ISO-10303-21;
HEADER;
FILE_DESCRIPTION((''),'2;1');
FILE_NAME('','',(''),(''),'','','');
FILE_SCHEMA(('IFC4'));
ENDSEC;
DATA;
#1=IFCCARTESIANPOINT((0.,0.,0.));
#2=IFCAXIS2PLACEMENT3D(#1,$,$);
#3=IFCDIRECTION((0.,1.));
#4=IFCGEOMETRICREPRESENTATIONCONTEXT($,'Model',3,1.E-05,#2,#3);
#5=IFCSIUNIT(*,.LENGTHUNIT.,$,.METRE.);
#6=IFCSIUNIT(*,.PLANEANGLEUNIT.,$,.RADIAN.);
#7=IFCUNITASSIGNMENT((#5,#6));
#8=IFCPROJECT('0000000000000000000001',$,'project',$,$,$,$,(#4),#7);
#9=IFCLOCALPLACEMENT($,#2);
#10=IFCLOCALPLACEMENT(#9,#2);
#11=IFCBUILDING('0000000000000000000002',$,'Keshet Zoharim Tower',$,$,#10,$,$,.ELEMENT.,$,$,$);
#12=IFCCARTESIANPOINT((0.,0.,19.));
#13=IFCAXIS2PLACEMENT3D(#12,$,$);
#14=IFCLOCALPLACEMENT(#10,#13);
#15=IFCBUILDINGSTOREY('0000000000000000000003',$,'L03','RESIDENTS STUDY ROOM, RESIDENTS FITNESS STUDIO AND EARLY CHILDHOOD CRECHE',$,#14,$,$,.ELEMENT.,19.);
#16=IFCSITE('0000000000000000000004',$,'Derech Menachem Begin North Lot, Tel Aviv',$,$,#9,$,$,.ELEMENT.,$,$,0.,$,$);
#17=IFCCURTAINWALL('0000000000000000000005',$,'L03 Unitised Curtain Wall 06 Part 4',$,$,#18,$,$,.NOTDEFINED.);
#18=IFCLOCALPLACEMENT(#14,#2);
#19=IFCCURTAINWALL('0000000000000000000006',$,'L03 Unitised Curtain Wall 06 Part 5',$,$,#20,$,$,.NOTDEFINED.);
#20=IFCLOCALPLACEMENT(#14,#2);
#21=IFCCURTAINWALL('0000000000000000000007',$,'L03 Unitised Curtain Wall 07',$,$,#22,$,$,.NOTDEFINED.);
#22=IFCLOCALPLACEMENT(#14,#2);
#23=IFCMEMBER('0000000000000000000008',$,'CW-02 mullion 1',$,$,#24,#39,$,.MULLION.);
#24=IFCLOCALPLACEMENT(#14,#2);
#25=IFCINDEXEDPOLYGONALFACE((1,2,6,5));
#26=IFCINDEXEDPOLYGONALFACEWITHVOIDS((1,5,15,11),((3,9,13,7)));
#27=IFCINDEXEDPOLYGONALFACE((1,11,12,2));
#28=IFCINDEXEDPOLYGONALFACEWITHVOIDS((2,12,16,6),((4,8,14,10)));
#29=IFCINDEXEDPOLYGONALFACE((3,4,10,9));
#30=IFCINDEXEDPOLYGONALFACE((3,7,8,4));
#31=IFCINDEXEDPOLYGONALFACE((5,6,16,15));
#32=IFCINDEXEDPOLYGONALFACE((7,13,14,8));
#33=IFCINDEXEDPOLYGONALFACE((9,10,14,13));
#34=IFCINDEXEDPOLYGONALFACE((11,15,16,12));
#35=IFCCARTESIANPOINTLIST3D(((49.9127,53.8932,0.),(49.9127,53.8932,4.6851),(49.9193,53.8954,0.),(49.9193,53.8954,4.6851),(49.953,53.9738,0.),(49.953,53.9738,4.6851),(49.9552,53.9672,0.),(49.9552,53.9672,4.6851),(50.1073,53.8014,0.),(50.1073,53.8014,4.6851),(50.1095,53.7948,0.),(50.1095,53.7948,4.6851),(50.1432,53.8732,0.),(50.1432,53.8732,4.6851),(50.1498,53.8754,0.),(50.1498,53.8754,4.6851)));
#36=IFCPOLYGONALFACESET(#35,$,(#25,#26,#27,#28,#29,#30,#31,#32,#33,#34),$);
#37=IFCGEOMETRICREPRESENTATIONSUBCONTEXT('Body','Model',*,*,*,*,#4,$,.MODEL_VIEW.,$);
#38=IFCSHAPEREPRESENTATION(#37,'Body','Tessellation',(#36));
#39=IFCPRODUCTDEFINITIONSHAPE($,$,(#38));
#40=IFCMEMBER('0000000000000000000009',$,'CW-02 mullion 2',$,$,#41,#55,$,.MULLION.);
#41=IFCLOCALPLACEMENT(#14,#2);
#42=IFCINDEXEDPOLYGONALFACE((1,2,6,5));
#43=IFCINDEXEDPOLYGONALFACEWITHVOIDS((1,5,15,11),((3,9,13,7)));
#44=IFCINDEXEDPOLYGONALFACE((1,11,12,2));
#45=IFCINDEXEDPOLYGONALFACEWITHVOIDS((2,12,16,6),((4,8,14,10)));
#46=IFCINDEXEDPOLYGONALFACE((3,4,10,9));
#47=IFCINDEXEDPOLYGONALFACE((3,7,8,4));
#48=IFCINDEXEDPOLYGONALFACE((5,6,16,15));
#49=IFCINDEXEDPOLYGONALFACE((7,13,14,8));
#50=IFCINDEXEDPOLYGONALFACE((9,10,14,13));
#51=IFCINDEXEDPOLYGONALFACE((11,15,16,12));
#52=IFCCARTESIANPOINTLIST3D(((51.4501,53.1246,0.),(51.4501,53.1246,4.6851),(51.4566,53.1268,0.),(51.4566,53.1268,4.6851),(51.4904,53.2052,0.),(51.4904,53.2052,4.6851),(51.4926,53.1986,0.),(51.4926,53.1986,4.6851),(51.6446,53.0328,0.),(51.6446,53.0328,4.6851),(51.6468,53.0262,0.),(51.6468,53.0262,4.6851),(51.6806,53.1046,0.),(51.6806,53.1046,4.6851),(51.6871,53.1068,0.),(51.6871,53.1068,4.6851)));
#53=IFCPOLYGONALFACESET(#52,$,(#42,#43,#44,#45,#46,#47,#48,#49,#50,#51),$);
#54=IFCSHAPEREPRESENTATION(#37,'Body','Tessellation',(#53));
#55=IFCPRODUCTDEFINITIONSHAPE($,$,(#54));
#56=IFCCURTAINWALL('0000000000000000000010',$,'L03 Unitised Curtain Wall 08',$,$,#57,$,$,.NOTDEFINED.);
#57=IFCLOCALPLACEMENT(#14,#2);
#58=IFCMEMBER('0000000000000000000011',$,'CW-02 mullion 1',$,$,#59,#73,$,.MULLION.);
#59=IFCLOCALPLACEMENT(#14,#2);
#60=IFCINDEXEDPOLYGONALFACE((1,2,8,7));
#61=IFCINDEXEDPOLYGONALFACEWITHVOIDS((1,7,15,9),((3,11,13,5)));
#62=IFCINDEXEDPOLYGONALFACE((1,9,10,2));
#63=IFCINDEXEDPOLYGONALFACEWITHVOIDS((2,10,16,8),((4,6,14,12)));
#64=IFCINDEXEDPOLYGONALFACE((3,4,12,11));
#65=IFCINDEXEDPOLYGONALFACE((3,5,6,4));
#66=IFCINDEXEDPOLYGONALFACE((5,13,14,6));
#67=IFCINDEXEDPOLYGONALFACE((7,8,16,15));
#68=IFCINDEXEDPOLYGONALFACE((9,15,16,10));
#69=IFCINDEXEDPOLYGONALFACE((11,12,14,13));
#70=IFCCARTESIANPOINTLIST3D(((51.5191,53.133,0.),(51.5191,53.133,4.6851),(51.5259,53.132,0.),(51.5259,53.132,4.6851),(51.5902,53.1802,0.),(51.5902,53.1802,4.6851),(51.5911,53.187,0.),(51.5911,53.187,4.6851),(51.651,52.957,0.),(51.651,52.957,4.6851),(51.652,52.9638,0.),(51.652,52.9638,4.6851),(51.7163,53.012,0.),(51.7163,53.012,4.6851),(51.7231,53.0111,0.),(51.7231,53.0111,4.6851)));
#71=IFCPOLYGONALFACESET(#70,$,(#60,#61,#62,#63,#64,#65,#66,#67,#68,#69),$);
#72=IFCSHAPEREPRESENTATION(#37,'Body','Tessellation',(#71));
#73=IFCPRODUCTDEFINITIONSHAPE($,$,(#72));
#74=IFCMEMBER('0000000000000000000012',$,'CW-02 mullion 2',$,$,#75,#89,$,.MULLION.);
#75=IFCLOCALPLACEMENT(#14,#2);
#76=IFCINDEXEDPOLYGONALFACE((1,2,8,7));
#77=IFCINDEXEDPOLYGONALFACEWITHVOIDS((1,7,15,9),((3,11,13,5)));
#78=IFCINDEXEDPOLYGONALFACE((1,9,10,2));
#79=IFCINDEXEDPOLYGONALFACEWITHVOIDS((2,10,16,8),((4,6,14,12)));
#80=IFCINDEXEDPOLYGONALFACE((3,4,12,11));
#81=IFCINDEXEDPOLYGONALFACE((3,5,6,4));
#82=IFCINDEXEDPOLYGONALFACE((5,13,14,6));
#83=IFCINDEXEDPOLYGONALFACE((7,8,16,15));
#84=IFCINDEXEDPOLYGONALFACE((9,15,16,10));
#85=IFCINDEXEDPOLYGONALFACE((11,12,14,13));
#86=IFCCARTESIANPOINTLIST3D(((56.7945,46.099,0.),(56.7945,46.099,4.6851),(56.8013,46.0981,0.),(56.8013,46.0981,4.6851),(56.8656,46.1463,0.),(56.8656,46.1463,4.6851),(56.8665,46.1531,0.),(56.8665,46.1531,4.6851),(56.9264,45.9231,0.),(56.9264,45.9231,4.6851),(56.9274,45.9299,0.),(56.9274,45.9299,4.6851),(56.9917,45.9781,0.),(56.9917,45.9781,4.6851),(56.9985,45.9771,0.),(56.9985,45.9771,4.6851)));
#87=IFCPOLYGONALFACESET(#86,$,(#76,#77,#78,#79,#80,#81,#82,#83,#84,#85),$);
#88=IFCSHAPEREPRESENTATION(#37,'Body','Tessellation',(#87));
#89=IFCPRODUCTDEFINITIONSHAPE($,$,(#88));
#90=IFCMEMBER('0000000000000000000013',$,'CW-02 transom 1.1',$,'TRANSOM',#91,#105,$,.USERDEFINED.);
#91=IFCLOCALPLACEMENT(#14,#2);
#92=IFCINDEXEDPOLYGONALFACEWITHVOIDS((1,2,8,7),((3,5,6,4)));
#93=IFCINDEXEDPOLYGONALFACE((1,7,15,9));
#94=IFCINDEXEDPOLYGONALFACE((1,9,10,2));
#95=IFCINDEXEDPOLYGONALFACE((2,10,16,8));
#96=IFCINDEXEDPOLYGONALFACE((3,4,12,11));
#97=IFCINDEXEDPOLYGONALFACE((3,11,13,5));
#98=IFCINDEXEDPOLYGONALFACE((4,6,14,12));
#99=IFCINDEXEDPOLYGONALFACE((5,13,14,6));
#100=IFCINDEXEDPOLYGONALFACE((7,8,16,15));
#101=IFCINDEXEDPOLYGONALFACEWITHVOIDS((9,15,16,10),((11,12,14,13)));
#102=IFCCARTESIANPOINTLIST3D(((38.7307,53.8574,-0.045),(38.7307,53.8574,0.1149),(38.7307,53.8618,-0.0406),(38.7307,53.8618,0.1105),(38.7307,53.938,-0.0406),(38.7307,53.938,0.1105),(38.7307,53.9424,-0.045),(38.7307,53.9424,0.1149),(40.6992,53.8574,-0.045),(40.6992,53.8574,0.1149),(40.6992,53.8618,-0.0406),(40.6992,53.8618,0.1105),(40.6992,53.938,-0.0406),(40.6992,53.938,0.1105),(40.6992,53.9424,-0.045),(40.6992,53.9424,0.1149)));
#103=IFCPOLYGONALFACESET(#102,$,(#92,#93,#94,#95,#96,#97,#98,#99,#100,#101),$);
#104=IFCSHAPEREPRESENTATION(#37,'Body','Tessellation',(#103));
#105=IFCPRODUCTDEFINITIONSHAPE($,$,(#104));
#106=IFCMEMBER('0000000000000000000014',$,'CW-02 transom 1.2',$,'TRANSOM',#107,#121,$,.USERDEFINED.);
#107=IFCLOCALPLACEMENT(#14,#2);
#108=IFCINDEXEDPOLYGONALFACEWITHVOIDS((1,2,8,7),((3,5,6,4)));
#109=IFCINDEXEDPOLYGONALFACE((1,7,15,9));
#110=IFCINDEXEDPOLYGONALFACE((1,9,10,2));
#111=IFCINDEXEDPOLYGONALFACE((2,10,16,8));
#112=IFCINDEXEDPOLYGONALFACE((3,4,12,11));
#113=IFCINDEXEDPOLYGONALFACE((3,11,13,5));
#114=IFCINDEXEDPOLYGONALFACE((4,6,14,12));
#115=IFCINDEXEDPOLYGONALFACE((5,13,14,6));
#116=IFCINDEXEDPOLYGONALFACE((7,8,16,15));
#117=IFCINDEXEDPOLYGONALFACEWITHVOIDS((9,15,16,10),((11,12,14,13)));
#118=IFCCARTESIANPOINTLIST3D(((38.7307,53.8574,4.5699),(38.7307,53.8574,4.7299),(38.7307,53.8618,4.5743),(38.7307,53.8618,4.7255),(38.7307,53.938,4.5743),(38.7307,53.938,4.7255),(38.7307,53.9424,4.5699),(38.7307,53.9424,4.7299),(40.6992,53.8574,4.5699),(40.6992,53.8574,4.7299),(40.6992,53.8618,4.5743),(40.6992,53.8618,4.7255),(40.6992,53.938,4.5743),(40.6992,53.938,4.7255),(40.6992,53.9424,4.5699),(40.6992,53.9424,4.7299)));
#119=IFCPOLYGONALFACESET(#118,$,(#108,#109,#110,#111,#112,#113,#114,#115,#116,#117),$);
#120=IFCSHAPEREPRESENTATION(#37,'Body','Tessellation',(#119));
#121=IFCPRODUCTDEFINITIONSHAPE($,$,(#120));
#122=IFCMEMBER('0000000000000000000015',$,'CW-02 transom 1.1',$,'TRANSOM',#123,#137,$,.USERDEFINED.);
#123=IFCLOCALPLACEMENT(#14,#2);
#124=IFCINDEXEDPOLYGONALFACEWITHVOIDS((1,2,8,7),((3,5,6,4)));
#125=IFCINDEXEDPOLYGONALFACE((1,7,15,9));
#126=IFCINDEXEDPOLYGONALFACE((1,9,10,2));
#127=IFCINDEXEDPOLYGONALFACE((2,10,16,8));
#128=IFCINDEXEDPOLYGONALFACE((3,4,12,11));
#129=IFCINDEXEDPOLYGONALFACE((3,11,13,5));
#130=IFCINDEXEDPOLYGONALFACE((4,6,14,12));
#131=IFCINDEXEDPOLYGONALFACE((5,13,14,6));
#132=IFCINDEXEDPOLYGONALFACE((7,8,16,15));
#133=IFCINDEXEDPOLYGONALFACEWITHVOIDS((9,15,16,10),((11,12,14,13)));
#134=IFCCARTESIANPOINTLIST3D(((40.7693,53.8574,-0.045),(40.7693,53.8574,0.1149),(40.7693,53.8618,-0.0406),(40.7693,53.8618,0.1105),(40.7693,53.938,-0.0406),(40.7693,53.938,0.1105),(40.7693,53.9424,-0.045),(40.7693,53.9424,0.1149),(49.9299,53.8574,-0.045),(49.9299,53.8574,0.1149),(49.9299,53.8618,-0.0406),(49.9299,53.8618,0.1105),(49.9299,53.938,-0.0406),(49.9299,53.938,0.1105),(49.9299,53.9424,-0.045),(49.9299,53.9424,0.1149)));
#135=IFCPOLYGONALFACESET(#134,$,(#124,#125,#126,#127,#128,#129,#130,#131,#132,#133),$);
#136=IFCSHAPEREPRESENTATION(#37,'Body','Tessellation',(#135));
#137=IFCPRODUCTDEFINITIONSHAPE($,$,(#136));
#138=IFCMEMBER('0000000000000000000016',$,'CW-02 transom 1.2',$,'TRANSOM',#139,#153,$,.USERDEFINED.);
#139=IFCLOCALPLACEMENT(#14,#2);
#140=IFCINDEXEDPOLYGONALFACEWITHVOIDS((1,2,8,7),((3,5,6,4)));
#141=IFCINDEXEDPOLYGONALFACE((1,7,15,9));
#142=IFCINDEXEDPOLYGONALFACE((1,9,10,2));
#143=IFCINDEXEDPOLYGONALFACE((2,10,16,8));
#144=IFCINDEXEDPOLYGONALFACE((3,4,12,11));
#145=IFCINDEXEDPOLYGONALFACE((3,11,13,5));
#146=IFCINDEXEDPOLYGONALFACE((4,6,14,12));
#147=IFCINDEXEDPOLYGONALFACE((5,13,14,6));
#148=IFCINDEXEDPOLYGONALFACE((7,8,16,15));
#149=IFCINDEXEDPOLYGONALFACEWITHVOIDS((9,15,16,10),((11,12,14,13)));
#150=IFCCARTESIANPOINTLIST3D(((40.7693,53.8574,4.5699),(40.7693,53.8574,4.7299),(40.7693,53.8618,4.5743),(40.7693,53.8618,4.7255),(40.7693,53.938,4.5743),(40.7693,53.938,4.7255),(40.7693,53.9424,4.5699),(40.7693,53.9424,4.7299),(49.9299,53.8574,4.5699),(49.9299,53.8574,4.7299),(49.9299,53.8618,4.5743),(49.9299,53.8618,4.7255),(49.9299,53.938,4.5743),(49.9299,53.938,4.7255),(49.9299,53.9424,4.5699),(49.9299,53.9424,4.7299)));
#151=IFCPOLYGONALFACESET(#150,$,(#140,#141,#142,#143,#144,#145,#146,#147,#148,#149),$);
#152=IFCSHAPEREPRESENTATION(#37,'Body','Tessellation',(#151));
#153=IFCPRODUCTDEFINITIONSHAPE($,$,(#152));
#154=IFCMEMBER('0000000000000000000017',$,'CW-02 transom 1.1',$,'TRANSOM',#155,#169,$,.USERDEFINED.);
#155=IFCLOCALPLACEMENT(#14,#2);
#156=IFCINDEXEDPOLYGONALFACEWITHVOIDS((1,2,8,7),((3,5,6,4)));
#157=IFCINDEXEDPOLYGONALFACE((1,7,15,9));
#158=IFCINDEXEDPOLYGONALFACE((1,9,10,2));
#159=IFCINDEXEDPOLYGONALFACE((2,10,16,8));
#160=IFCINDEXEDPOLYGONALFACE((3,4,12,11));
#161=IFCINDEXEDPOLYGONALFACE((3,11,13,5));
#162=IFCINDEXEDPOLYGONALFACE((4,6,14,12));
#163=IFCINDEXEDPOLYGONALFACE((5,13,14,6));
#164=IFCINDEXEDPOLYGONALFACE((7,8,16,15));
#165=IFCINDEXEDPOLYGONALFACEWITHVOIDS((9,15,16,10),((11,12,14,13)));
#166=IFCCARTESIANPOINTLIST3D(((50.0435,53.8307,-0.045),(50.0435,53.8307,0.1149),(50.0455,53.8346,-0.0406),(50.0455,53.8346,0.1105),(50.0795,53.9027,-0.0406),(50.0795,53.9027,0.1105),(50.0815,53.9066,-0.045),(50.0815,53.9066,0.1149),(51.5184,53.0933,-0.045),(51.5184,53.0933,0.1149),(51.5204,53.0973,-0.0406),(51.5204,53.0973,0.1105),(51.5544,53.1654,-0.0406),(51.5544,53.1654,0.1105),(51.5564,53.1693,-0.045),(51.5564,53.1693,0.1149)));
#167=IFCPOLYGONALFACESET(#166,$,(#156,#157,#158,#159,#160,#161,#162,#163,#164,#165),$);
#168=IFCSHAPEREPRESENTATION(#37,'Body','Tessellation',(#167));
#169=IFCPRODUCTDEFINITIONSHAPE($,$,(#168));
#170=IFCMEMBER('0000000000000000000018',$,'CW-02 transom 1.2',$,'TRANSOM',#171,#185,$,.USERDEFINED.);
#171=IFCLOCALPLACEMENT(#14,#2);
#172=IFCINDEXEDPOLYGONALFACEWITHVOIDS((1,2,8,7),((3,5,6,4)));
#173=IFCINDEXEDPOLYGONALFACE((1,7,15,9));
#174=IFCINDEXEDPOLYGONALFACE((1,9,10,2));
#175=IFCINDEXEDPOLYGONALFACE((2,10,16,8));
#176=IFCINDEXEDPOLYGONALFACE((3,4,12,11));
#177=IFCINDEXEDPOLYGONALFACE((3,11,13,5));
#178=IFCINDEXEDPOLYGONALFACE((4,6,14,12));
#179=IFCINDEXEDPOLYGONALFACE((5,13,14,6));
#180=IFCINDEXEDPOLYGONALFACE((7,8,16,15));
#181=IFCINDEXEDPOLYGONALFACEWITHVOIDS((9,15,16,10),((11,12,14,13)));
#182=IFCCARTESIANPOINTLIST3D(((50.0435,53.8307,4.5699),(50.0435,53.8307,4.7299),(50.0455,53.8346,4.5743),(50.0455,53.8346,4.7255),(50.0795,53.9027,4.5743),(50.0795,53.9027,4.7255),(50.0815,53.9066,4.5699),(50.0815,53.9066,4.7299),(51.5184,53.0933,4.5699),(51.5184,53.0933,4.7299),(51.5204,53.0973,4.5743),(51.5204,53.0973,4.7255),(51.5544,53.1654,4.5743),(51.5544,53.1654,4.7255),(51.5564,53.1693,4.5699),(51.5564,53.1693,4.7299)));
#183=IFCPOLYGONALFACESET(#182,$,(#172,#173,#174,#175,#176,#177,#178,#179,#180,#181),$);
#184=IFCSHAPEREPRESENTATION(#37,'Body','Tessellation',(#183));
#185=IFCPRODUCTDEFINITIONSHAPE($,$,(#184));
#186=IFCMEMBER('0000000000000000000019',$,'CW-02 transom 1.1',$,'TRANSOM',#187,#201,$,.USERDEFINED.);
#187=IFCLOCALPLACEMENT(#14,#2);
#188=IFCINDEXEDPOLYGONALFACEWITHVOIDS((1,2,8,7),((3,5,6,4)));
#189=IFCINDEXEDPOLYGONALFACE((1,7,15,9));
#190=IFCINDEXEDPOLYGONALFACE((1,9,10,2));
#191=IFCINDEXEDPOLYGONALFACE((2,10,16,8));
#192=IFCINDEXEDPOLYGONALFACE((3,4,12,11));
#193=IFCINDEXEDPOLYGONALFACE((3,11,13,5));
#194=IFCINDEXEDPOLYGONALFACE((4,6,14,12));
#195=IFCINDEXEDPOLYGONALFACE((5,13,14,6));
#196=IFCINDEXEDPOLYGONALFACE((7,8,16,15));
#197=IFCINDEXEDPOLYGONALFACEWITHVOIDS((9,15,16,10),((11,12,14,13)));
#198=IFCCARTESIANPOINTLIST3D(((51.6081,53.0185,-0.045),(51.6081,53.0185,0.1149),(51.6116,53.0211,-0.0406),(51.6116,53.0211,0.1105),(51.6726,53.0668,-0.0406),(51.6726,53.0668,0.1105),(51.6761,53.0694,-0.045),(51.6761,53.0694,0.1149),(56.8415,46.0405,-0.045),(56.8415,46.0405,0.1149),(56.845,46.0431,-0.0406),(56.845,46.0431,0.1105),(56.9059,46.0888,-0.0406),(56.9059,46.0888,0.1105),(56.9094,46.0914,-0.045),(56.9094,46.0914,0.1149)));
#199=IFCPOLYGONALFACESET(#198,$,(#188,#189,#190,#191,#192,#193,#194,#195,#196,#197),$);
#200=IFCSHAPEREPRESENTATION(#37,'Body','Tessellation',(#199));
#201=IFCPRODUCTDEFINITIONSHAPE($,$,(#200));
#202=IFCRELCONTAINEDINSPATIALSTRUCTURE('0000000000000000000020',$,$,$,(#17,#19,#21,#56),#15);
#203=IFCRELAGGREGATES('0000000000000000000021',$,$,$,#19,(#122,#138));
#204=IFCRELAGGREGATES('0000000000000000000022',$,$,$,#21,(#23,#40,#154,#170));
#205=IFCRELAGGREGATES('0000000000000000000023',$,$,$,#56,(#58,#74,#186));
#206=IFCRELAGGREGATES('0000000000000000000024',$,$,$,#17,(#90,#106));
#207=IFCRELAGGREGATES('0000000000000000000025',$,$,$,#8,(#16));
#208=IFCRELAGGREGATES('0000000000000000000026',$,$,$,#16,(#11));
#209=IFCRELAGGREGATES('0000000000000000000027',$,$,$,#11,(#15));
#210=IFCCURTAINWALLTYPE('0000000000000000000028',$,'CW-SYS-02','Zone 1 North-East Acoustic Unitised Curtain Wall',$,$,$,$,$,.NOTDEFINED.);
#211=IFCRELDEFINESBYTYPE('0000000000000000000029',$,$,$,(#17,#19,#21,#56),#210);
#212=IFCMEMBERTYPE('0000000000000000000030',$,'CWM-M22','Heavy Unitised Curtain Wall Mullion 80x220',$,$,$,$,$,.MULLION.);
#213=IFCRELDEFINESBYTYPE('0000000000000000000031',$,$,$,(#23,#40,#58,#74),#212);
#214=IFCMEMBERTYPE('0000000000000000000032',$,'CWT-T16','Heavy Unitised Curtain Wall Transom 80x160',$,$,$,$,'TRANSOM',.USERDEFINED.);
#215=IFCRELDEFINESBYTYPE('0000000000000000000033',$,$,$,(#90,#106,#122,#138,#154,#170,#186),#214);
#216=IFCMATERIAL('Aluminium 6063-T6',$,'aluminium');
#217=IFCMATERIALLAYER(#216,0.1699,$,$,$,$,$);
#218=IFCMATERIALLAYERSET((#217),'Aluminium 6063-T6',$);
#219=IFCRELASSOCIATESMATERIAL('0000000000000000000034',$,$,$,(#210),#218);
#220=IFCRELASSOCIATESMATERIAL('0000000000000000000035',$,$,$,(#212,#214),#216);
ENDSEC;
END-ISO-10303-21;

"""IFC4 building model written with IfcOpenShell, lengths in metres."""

from ifc_helpers import new_model, si_unit, direction, frame, origin, origin_2d, place, context, subcontext, project, spatial, hollow_rectangle, extrude, material, layer, layer_set, material_profile, profile_set, type_object, element, aggregate, save


model = new_model("IFC4")

# Units and contexts
model_context = context("Model", 3, precision=1e-05, world=origin(), true_north=direction((0.0, 1.0)))
body_context = subcontext(model_context, "Body", "Model", "MODEL_VIEW")
ifc_project = project(units=[si_unit("LENGTHUNIT", "METRE"), si_unit("PLANEANGLEUNIT", "RADIAN")], contexts=[model_context])

# Site, building, storey
site_placement = place(None, origin())
site = spatial("IfcSite", under=ifc_project, at=site_placement, Name="Derech Menachem Begin North Lot, Tel Aviv", CompositionType="ELEMENT", RefElevation=0.0)
building_placement = place(site_placement, origin())
building = spatial("IfcBuilding", under=site, at=building_placement, Name="Keshet Zoharim Tower", CompositionType="ELEMENT")
storey_placement = place(building_placement, frame((0.0, 0.0, 19.0)))
storey = spatial("IfcBuildingStorey", under=building, at=storey_placement, Name="L03", Description="RESIDENTS STUDY ROOM, RESIDENTS FITNESS STUDIO AND EARLY CHILDHOOD CRECHE", CompositionType="ELEMENT", Elevation=19.0)

# Curtain walls
ifc_material_1 = material(Name="Aluminium 6063-T6", Category="aluminium")
ifc_layer_1 = layer(ifc_material_1, 0.1699)
ifc_layer_set_1 = layer_set([ifc_layer_1], Name="Aluminium 6063-T6")
curtain_wall_type = type_object("IfcCurtainWallType", Name="CW-SYS-02", Description="Zone 1 North-East Acoustic Unitised Curtain Wall", PredefinedType="NOTDEFINED", material=ifc_layer_set_1)
ifc_material_profile_1 = material_profile(ifc_material_1, hollow_rectangle(XDim=0.0901, YDim=0.22, WallThickness=0.0049, at=origin_2d()), Name="MUL-90x220")
ifc_profile_set_1 = profile_set([ifc_material_profile_1], Name="Aluminium 6063-T6")
member_type_1 = type_object("IfcMemberType", Name="CWM-M22", Description="Heavy Unitised Curtain Wall Mullion 80x220", PredefinedType="MULLION", material=ifc_profile_set_1)
curtain_wall_1_placement = place(storey_placement, origin())
curtain_wall_1 = element("IfcCurtainWall", 1, at=curtain_wall_1_placement, inside=storey, type_object=curtain_wall_type, Name="L03 Unitised Curtain Wall 06 Part 4", PredefinedType="NOTDEFINED")
curtain_wall_2_placement = place(storey_placement, origin())
curtain_wall_2 = element("IfcCurtainWall", 2, at=curtain_wall_2_placement, inside=storey, type_object=curtain_wall_type, Name="L03 Unitised Curtain Wall 06 Part 5", PredefinedType="NOTDEFINED")

# Curtain walls, members
curtain_wall_3_placement = place(storey_placement, origin())
curtain_wall_3 = element("IfcCurtainWall", 3, at=curtain_wall_3_placement, inside=storey, type_object=curtain_wall_type, Name="L03 Unitised Curtain Wall 07", PredefinedType="NOTDEFINED")
member_1_placement = place(storey_placement, frame((50.0312, 53.8843, 0.0), z_axis=(0.0, 0.0, 1.0), x_axis=(0.447214, 0.894427, 0.0)))
member_1 = element("IfcMember", 4, at=member_1_placement, type_object=member_type_1, Name="CW-02 mullion 1", PredefinedType="MULLION", context=body_context, shape_type="SweptSolid", body=[
    extrude(hollow_rectangle(XDim=0.0901, YDim=0.22, WallThickness=0.0049, at=origin_2d()), origin(), (0.0, 0.0, 1.0), 4.6851),
])
member_2_placement = place(storey_placement, frame((51.5686, 53.1157, 0.0), z_axis=(0.0, 0.0, 1.0), x_axis=(0.447214, 0.894427, 0.0)))
member_2 = element("IfcMember", 5, at=member_2_placement, type_object=member_type_1, Name="CW-02 mullion 2", PredefinedType="MULLION", context=body_context, shape_type="SweptSolid", body=[
    extrude(hollow_rectangle(XDim=0.0901, YDim=0.22, WallThickness=0.0049, at=origin_2d()), origin(), (0.0, 0.0, 1.0), 4.6851),
])
curtain_wall_4_placement = place(storey_placement, origin())
curtain_wall_4 = element("IfcCurtainWall", 6, at=curtain_wall_4_placement, inside=storey, type_object=curtain_wall_type, Name="L03 Unitised Curtain Wall 08", PredefinedType="NOTDEFINED")
member_3_placement = place(storey_placement, frame((51.6211, 53.072, 0.0), z_axis=(0.0, 0.0, 1.0), x_axis=(0.8, 0.6, 0.0)))
member_3 = element("IfcMember", 7, at=member_3_placement, type_object=member_type_1, Name="CW-02 mullion 1", PredefinedType="MULLION", context=body_context, shape_type="SweptSolid", body=[
    extrude(hollow_rectangle(XDim=0.0901, YDim=0.22, WallThickness=0.0049, at=origin_2d()), origin(), (0.0, 0.0, 1.0), 4.6851),
])
member_4_placement = place(storey_placement, frame((56.8965, 46.0381, 0.0), z_axis=(0.0, 0.0, 1.0), x_axis=(0.8, 0.6, 0.0)))
member_4 = element("IfcMember", 8, at=member_4_placement, type_object=member_type_1, Name="CW-02 mullion 2", PredefinedType="MULLION", context=body_context, shape_type="SweptSolid", body=[
    extrude(hollow_rectangle(XDim=0.0901, YDim=0.22, WallThickness=0.0049, at=origin_2d()), origin(), (0.0, 0.0, 1.0), 4.6851),
])

# Members
ifc_material_profile_2 = material_profile(ifc_material_1, hollow_rectangle(XDim=0.085, YDim=0.1599, WallThickness=0.0044, at=origin_2d()), Name="TRN-85x160")
ifc_profile_set_2 = profile_set([ifc_material_profile_2], Name="Aluminium 6063-T6")
member_type_2 = type_object("IfcMemberType", Name="CWT-T16", Description="Heavy Unitised Curtain Wall Transom 80x160", ElementType="TRANSOM", PredefinedType="USERDEFINED", material=ifc_profile_set_2)
member_5_placement = place(storey_placement, frame((38.7307, 53.8999, 0.0349), z_axis=(1.0, 0.0, 0.0), x_axis=(0.0, 1.0, 0.0)))
member_5 = element("IfcMember", 9, at=member_5_placement, type_object=member_type_2, Name="CW-02 transom 1.1", ObjectType="TRANSOM", PredefinedType="USERDEFINED", context=body_context, shape_type="SweptSolid", body=[
    extrude(hollow_rectangle(XDim=0.085, YDim=0.1599, WallThickness=0.0044, at=origin_2d()), origin(), (0.0, 0.0, 1.0), 1.9685),
])
member_6_placement = place(storey_placement, frame((38.7307, 53.8999, 4.6499), z_axis=(1.0, 0.0, 0.0), x_axis=(0.0, 1.0, 0.0)))
member_6 = element("IfcMember", 10, at=member_6_placement, type_object=member_type_2, Name="CW-02 transom 1.2", ObjectType="TRANSOM", PredefinedType="USERDEFINED", context=body_context, shape_type="SweptSolid", body=[
    extrude(hollow_rectangle(XDim=0.085, YDim=0.1599, WallThickness=0.0044, at=origin_2d()), origin(), (0.0, 0.0, 1.0), 1.9685),
])
member_7_placement = place(storey_placement, frame((40.7693, 53.8999, 0.0349), z_axis=(1.0, 0.0, 0.0), x_axis=(0.0, 1.0, 0.0)))
member_7 = element("IfcMember", 11, at=member_7_placement, type_object=member_type_2, Name="CW-02 transom 1.1", ObjectType="TRANSOM", PredefinedType="USERDEFINED", context=body_context, shape_type="SweptSolid", body=[
    extrude(hollow_rectangle(XDim=0.085, YDim=0.1599, WallThickness=0.0044, at=origin_2d()), origin(), (0.0, 0.0, 1.0), 9.1606),
])
member_8_placement = place(storey_placement, frame((40.7693, 53.8999, 4.6499), z_axis=(1.0, 0.0, 0.0), x_axis=(0.0, 1.0, 0.0)))
member_8 = element("IfcMember", 12, at=member_8_placement, type_object=member_type_2, Name="CW-02 transom 1.2", ObjectType="TRANSOM", PredefinedType="USERDEFINED", context=body_context, shape_type="SweptSolid", body=[
    extrude(hollow_rectangle(XDim=0.085, YDim=0.1599, WallThickness=0.0044, at=origin_2d()), origin(), (0.0, 0.0, 1.0), 9.1606),
])
member_9_placement = place(storey_placement, frame((50.0625, 53.8687, 0.0349), z_axis=(0.894457, -0.447154, 0.0), x_axis=(0.447154, 0.894457, 0.0)))
member_9 = element("IfcMember", 13, at=member_9_placement, type_object=member_type_2, Name="CW-02 transom 1.1", ObjectType="TRANSOM", PredefinedType="USERDEFINED", context=body_context, shape_type="SweptSolid", body=[
    extrude(hollow_rectangle(XDim=0.085, YDim=0.1599, WallThickness=0.0044, at=origin_2d()), origin(), (0.0, 0.0, 1.0), 1.6489),
])
member_10_placement = place(storey_placement, frame((50.0625, 53.8687, 4.6499), z_axis=(0.894457, -0.447154, 0.0), x_axis=(0.447154, 0.894457, 0.0)))
member_10 = element("IfcMember", 14, at=member_10_placement, type_object=member_type_2, Name="CW-02 transom 1.2", ObjectType="TRANSOM", PredefinedType="USERDEFINED", context=body_context, shape_type="SweptSolid", body=[
    extrude(hollow_rectangle(XDim=0.085, YDim=0.1599, WallThickness=0.0044, at=origin_2d()), origin(), (0.0, 0.0, 1.0), 1.6489),
])
member_11_placement = place(storey_placement, frame((51.6421, 53.0439, 0.0349), z_axis=(0.599991, -0.800007, 0.0), x_axis=(0.800007, 0.599991, 0.0)))
member_11 = element("IfcMember", 15, at=member_11_placement, type_object=member_type_2, Name="CW-02 transom 1.1", ObjectType="TRANSOM", PredefinedType="USERDEFINED", context=body_context, shape_type="SweptSolid", body=[
    extrude(hollow_rectangle(XDim=0.085, YDim=0.1599, WallThickness=0.0044, at=origin_2d()), origin(), (0.0, 0.0, 1.0), 8.7224),
])

aggregate(curtain_wall_2, [member_7, member_8])
aggregate(curtain_wall_3, [member_1, member_2, member_9, member_10])
aggregate(curtain_wall_4, [member_3, member_4, member_11])
aggregate(curtain_wall_1, [member_5, member_6])

save(model, "model.ifc")
